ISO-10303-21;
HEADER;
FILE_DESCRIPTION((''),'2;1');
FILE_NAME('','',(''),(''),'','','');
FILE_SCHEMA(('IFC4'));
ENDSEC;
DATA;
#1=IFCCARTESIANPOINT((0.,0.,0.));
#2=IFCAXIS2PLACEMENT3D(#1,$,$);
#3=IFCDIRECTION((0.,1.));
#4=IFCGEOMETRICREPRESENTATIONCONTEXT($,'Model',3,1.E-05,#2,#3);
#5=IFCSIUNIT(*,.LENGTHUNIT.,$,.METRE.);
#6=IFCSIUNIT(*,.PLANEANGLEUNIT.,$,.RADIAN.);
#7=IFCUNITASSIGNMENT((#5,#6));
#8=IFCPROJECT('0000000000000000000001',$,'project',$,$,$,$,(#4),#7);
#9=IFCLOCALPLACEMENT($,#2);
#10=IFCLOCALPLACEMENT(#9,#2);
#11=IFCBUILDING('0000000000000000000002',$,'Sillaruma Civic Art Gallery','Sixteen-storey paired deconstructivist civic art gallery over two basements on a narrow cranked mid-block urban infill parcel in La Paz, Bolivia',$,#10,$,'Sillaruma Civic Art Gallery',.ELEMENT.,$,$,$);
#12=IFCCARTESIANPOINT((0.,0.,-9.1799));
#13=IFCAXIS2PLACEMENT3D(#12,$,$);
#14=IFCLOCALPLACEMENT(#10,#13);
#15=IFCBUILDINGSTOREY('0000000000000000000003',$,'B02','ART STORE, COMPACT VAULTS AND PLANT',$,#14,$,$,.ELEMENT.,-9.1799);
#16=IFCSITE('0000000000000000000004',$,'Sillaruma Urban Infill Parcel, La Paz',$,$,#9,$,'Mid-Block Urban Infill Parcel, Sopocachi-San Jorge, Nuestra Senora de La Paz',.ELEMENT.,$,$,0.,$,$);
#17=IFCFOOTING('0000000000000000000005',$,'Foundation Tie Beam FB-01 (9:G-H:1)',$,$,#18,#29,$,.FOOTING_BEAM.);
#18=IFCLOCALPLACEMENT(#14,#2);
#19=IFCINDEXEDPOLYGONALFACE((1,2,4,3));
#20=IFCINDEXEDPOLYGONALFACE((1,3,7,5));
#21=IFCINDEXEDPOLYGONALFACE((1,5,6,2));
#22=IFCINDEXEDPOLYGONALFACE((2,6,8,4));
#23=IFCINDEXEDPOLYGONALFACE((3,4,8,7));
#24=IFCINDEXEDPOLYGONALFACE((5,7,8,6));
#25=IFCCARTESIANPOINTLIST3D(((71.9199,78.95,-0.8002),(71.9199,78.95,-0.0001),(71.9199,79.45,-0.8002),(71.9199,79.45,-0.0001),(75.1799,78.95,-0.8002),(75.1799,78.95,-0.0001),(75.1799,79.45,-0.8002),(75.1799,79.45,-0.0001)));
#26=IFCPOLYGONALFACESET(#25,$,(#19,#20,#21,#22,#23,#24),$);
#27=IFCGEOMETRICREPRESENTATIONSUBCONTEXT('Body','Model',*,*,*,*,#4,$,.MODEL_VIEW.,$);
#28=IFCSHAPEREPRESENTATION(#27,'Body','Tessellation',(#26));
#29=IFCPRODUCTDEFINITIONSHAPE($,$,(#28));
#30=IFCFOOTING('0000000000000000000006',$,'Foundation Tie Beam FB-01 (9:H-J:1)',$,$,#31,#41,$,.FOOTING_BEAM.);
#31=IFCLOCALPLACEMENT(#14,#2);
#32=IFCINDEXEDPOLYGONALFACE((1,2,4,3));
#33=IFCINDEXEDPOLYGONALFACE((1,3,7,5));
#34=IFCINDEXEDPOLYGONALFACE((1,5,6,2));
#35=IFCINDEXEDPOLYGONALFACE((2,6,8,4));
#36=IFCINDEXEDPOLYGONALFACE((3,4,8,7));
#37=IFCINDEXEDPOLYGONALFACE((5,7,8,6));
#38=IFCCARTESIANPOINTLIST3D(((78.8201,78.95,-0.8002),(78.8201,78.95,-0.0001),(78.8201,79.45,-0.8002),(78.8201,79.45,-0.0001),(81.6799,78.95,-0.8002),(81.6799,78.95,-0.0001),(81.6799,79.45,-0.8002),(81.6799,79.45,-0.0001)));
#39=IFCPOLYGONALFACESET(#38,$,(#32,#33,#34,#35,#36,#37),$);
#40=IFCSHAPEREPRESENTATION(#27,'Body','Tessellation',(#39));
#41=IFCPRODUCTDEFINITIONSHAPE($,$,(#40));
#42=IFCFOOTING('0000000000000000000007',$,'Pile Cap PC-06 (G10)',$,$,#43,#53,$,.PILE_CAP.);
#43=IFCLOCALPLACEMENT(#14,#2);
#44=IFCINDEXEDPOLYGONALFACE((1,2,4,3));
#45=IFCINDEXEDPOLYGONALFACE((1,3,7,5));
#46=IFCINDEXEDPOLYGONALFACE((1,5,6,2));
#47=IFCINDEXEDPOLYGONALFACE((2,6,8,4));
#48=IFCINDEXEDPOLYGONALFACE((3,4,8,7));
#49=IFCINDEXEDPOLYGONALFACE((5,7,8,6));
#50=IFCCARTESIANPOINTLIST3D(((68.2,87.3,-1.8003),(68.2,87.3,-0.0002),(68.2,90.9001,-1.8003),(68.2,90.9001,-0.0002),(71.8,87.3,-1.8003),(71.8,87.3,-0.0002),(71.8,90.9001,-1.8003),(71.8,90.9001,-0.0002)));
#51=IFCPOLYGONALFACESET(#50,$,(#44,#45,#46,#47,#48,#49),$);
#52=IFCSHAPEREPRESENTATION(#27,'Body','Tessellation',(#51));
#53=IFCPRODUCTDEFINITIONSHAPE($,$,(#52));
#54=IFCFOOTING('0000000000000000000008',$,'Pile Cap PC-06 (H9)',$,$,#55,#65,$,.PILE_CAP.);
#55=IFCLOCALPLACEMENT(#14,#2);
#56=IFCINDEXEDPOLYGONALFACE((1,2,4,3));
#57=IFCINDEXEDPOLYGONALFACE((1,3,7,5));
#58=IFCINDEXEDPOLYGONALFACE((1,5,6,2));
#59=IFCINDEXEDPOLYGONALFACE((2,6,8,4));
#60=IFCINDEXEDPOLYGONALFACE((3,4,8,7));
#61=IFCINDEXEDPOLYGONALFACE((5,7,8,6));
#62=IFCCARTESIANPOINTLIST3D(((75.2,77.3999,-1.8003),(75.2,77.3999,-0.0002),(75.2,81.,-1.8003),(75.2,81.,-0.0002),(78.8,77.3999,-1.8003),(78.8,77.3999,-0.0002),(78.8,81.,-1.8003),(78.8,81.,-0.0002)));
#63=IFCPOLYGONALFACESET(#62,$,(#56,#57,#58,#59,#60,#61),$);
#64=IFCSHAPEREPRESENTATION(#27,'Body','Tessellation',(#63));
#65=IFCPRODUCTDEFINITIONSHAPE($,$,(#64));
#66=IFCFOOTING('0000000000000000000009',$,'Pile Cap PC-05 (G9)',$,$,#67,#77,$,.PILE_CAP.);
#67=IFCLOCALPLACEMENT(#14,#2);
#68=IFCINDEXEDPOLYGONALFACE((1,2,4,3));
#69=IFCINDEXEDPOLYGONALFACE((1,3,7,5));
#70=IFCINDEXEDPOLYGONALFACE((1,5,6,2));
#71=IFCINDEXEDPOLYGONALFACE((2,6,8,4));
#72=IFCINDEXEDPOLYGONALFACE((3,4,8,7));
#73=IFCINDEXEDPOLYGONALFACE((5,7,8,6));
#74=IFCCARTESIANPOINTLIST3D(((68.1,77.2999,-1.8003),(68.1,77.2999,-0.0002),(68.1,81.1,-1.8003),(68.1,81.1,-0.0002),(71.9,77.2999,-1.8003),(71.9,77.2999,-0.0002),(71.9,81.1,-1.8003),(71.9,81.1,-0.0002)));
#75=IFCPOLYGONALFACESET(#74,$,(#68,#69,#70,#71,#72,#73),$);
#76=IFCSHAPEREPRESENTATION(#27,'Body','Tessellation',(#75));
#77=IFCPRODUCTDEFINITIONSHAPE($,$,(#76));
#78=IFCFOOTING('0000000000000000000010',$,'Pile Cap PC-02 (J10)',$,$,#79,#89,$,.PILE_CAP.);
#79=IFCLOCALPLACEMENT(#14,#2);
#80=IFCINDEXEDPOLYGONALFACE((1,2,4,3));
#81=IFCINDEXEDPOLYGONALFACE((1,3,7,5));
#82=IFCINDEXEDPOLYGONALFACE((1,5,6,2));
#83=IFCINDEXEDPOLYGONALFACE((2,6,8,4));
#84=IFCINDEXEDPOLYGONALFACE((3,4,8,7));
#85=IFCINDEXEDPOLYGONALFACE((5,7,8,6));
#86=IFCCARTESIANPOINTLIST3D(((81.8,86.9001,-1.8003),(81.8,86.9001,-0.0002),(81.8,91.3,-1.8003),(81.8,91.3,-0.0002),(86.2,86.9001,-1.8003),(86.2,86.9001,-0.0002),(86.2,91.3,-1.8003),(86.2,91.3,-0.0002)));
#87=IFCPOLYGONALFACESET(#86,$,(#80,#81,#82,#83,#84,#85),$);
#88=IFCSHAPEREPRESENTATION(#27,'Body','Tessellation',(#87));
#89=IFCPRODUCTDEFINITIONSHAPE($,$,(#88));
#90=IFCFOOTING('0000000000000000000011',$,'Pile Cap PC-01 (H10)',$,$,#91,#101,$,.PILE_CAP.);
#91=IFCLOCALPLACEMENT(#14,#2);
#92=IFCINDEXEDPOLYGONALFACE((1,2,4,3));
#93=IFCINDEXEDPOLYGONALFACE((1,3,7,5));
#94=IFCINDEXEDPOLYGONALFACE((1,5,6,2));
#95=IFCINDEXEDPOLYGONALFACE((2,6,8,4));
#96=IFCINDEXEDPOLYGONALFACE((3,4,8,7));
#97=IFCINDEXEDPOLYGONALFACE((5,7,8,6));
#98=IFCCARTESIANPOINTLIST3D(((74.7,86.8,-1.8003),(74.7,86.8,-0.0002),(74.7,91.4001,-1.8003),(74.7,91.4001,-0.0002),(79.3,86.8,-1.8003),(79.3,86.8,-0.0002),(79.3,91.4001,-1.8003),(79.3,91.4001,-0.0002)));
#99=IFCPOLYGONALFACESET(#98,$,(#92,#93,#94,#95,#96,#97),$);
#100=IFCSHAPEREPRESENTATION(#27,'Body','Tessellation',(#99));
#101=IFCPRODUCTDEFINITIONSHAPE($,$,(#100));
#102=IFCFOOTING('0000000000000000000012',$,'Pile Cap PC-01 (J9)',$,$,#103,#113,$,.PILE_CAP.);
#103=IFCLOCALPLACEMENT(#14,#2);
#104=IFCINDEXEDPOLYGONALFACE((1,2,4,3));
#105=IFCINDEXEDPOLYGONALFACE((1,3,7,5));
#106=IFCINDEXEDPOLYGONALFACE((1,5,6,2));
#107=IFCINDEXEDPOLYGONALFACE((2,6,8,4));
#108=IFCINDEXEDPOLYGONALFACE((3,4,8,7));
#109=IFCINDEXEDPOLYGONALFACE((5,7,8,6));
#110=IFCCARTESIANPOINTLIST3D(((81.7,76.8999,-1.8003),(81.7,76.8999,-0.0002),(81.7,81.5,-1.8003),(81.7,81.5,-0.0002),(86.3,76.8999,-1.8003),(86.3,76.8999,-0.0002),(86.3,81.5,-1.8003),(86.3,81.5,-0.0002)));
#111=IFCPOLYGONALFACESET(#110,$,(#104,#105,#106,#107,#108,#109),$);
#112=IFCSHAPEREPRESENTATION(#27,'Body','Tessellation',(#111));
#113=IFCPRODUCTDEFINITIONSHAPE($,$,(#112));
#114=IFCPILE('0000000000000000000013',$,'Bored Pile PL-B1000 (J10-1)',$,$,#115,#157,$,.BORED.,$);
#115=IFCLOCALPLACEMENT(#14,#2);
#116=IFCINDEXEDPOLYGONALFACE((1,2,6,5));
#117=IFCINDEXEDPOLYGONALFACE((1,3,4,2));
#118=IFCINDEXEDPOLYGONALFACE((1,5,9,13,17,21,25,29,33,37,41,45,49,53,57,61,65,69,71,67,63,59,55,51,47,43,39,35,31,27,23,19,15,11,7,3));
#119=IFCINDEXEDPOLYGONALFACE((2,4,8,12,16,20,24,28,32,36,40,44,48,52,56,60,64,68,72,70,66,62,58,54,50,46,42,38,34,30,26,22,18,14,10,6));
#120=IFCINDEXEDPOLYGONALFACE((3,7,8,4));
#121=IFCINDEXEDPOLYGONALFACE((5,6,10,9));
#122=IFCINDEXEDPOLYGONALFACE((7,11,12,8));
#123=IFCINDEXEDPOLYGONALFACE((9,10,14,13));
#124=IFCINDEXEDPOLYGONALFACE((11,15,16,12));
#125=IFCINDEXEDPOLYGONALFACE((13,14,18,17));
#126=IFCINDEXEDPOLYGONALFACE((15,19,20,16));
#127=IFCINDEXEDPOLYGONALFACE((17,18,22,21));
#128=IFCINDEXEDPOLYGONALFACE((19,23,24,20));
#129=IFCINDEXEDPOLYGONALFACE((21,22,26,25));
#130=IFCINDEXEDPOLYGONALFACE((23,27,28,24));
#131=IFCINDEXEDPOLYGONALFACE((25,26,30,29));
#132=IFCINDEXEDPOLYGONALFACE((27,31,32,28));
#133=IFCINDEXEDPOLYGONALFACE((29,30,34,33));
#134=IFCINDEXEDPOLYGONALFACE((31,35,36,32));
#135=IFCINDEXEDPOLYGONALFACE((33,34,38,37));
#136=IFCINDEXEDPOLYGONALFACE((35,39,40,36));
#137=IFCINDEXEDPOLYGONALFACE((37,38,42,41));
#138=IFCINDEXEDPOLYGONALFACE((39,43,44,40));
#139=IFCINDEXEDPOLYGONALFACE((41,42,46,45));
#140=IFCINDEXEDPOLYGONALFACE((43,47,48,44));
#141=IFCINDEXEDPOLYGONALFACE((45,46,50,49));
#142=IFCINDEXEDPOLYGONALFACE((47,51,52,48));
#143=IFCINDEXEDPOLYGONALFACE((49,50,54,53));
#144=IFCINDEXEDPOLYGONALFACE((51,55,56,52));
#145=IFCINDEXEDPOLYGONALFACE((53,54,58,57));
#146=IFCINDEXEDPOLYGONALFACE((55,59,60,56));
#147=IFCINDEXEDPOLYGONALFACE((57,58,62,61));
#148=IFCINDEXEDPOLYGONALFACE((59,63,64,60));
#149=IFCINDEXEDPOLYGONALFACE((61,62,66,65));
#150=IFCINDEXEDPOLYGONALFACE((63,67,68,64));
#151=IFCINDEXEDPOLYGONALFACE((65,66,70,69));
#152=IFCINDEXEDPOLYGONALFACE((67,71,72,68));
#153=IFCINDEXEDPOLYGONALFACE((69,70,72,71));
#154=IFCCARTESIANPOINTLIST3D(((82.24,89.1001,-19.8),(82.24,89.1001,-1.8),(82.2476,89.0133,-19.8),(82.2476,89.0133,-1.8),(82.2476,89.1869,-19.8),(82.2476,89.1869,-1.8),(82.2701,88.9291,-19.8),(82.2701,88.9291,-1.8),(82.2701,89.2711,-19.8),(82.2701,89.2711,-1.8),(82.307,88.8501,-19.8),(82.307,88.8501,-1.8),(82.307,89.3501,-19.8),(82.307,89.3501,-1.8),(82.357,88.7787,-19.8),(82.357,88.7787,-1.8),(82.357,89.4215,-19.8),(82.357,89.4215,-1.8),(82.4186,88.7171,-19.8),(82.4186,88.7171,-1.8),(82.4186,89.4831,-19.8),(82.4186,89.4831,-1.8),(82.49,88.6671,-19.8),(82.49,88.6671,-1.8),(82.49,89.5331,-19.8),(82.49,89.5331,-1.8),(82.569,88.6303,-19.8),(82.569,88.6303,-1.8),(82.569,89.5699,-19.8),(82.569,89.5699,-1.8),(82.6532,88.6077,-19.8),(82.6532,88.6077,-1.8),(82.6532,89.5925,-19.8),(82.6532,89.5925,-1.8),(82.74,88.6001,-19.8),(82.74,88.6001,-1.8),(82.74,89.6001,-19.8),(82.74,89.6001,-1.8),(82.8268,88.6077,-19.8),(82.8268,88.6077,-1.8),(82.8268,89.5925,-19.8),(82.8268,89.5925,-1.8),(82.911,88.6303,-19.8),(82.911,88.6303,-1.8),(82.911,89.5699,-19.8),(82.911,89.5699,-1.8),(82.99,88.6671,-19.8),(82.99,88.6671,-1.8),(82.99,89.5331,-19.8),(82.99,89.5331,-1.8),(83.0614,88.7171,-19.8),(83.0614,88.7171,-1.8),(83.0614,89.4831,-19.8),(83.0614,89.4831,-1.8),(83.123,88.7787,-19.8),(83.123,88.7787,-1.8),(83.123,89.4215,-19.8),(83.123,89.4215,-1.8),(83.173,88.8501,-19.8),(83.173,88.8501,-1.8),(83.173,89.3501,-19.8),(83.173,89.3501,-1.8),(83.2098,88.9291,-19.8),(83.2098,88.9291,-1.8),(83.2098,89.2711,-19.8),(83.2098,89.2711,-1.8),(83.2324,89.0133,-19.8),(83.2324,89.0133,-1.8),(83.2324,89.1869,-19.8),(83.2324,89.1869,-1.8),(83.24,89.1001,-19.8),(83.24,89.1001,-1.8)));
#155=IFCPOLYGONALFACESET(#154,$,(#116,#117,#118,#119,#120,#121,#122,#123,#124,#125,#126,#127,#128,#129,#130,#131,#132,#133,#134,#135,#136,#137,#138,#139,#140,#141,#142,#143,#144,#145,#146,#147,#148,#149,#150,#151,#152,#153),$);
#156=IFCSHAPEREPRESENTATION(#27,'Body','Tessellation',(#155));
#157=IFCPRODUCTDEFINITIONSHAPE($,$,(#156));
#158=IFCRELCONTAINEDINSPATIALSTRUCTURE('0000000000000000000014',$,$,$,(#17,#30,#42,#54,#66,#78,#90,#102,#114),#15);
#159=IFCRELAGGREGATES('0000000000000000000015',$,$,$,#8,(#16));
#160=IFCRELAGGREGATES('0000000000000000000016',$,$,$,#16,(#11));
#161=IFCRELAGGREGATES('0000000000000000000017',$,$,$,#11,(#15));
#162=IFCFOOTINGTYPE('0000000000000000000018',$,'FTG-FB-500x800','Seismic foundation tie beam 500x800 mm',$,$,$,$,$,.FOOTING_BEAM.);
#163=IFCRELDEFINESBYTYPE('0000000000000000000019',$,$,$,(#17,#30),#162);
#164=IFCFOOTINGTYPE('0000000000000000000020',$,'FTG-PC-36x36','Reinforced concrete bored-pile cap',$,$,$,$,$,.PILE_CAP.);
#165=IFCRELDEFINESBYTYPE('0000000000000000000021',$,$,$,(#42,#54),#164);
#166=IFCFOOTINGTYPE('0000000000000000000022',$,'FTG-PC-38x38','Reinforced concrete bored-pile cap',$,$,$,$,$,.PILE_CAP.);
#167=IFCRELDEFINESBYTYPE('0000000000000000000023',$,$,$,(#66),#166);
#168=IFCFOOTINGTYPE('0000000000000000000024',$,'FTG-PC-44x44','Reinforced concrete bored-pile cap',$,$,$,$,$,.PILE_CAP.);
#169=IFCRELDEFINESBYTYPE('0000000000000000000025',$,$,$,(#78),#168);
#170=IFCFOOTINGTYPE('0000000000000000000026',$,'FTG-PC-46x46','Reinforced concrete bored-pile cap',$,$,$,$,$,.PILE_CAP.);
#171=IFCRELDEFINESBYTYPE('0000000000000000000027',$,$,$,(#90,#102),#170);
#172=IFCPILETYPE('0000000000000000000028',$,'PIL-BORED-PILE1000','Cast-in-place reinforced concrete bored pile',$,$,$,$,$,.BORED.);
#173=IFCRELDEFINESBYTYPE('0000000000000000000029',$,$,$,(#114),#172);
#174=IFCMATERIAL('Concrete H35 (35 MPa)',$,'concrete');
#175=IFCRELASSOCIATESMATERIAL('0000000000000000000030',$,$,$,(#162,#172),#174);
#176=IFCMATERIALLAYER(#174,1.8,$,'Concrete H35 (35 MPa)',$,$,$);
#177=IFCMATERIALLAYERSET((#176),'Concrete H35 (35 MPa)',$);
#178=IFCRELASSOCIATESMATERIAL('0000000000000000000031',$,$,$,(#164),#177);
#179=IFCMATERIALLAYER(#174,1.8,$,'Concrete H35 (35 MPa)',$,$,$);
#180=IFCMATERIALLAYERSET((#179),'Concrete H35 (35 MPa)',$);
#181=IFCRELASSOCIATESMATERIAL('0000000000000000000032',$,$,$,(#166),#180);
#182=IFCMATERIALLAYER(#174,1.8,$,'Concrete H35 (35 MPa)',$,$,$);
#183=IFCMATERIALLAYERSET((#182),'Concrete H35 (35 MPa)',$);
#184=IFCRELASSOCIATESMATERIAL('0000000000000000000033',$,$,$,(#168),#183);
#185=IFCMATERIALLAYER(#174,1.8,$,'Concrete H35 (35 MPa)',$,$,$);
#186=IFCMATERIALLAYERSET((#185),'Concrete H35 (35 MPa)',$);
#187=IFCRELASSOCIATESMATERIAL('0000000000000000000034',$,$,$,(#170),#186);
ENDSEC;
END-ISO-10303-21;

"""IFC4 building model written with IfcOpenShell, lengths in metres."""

from ifc_helpers import new_model, si_unit, direction, frame, origin, origin_2d, place, context, subcontext, project, spatial, rectangle, circle, extrude, material, layer, layer_set, material_profile, profile_set, type_object, element, save


model = new_model("IFC4")

# Units and contexts
model_context = context("Model", 3, precision=1e-05, world=origin(), true_north=direction((0.0, 1.0)))
body_context = subcontext(model_context, "Body", "Model", "MODEL_VIEW")
ifc_project = project(units=[si_unit("LENGTHUNIT", "METRE"), si_unit("PLANEANGLEUNIT", "RADIAN")], contexts=[model_context])

# Site, building, storey
site_placement = place(None, origin())
site = spatial("IfcSite", under=ifc_project, at=site_placement, Name="Sillaruma Urban Infill Parcel, La Paz", LongName="Mid-Block Urban Infill Parcel, Sopocachi-San Jorge, Nuestra Senora de La Paz", CompositionType="ELEMENT", RefElevation=0.0)
building_placement = place(site_placement, origin())
building = spatial("IfcBuilding", under=site, at=building_placement, Name="Sillaruma Civic Art Gallery", Description="Sixteen-storey paired deconstructivist civic art gallery over two basements on a narrow cranked mid-block urban infill parcel in La Paz, Bolivia", LongName="Sillaruma Civic Art Gallery", CompositionType="ELEMENT")
storey_placement = place(building_placement, frame((0.0, 0.0, -9.1799)))
storey = spatial("IfcBuildingStorey", under=building, at=storey_placement, Name="B02", Description="ART STORE, COMPACT VAULTS AND PLANT", CompositionType="ELEMENT", Elevation=-9.1799)

# Footings
ifc_material_1 = material(Name="Concrete H35 (35 MPa)", Category="concrete")
ifc_material_profile_1 = material_profile(ifc_material_1, rectangle(XDim=0.5, YDim=0.8, at=origin_2d()), Name="RCB500x800")
ifc_profile_set_1 = profile_set([ifc_material_profile_1], Name="Concrete H35 (35 MPa)")
footing_type_1 = type_object("IfcFootingType", Name="FTG-FB-500x800", Description="Seismic foundation tie beam 500x800 mm", PredefinedType="FOOTING_BEAM", material=ifc_profile_set_1)
footing_1_placement = place(storey_placement, frame((71.9199, 79.2, -0.4001), z_axis=(1.0, 0.0, 0.0), x_axis=(0.0, 1.0, 0.0)))
element("IfcFooting", 1, at=footing_1_placement, inside=storey, type_object=footing_type_1, Name="Foundation Tie Beam FB-01 (9:G-H:1)", PredefinedType="FOOTING_BEAM", context=body_context, shape_type="SweptSolid", body=[
    extrude(rectangle(XDim=0.5, YDim=0.8, at=origin_2d()), origin(), (0.0, 0.0, 1.0), 3.26),
])
footing_2_placement = place(storey_placement, frame((78.8201, 79.2, -0.4001), z_axis=(1.0, 0.0, 0.0), x_axis=(0.0, 1.0, 0.0)))
element("IfcFooting", 2, at=footing_2_placement, inside=storey, type_object=footing_type_1, Name="Foundation Tie Beam FB-01 (9:H-J:1)", PredefinedType="FOOTING_BEAM", context=body_context, shape_type="SweptSolid", body=[
    extrude(rectangle(XDim=0.5, YDim=0.8, at=origin_2d()), origin(), (0.0, 0.0, 1.0), 2.8599),
])
ifc_layer_1 = layer(ifc_material_1, 1.8, Name="Concrete H35 (35 MPa)")
ifc_layer_set_1 = layer_set([ifc_layer_1], Name="Concrete H35 (35 MPa)")
footing_type_2 = type_object("IfcFootingType", Name="FTG-PC-36x36", Description="Reinforced concrete bored-pile cap", PredefinedType="PILE_CAP", material=ifc_layer_set_1)
for number, where, z_axis, x_axis, name in (
    (3, (70.0, 89.1001, -1.8003), (0.0, 0.0, 1.0), (1.0, 0.0, 0.0), "Pile Cap PC-06 (G10)"),
    (4, (77.0, 79.2, -1.8003), (0.0, 0.0, 1.0), (1.0, 0.0, 0.0), "Pile Cap PC-06 (H9)"),
):
    element("IfcFooting", number, at=place(storey_placement, frame(where, z_axis=z_axis, x_axis=x_axis)), inside=storey, type_object=footing_type_2, Name=name, PredefinedType="PILE_CAP", context=body_context, shape_type="SweptSolid", body=[
        extrude(rectangle(XDim=3.6001, YDim=3.6001, at=origin_2d()), origin(), (0.0, 0.0, 1.0), 1.8),
    ])
ifc_layer_2 = layer(ifc_material_1, 1.8, Name="Concrete H35 (35 MPa)")
ifc_layer_set_2 = layer_set([ifc_layer_2], Name="Concrete H35 (35 MPa)")
footing_type_3 = type_object("IfcFootingType", Name="FTG-PC-38x38", Description="Reinforced concrete bored-pile cap", PredefinedType="PILE_CAP", material=ifc_layer_set_2)
footing_3_placement = place(storey_placement, frame((70.0, 79.2, -1.8003), z_axis=(0.0, 0.0, 1.0), x_axis=(1.0, 0.0, 0.0)))
element("IfcFooting", 5, at=footing_3_placement, inside=storey, type_object=footing_type_3, Name="Pile Cap PC-05 (G9)", PredefinedType="PILE_CAP", context=body_context, shape_type="SweptSolid", body=[
    extrude(rectangle(XDim=3.8, YDim=3.8, at=origin_2d()), origin(), (0.0, 0.0, 1.0), 1.8),
])
ifc_layer_3 = layer(ifc_material_1, 1.8, Name="Concrete H35 (35 MPa)")
ifc_layer_set_3 = layer_set([ifc_layer_3], Name="Concrete H35 (35 MPa)")
footing_type_4 = type_object("IfcFootingType", Name="FTG-PC-44x44", Description="Reinforced concrete bored-pile cap", PredefinedType="PILE_CAP", material=ifc_layer_set_3)
footing_4_placement = place(storey_placement, frame((84.0, 89.1001, -1.8003), z_axis=(0.0, 0.0, 1.0), x_axis=(1.0, 0.0, 0.0)))
element("IfcFooting", 6, at=footing_4_placement, inside=storey, type_object=footing_type_4, Name="Pile Cap PC-02 (J10)", PredefinedType="PILE_CAP", context=body_context, shape_type="SweptSolid", body=[
    extrude(rectangle(XDim=4.3999, YDim=4.3999, at=origin_2d()), origin(), (0.0, 0.0, 1.0), 1.8),
])
ifc_layer_4 = layer(ifc_material_1, 1.8, Name="Concrete H35 (35 MPa)")
ifc_layer_set_4 = layer_set([ifc_layer_4], Name="Concrete H35 (35 MPa)")
footing_type_5 = type_object("IfcFootingType", Name="FTG-PC-46x46", Description="Reinforced concrete bored-pile cap", PredefinedType="PILE_CAP", material=ifc_layer_set_4)
for number, where, z_axis, x_axis, name in (
    (7, (77.0, 89.1001, -1.8003), (0.0, 0.0, 1.0), (1.0, 0.0, 0.0), "Pile Cap PC-01 (H10)"),
    (8, (84.0, 79.2, -1.8003), (0.0, 0.0, 1.0), (1.0, 0.0, 0.0), "Pile Cap PC-01 (J9)"),
):
    element("IfcFooting", number, at=place(storey_placement, frame(where, z_axis=z_axis, x_axis=x_axis)), inside=storey, type_object=footing_type_5, Name=name, PredefinedType="PILE_CAP", context=body_context, shape_type="SweptSolid", body=[
        extrude(rectangle(XDim=4.6001, YDim=4.6001, at=origin_2d()), origin(), (0.0, 0.0, 1.0), 1.8),
    ])

# Pile
ifc_material_profile_2 = material_profile(ifc_material_1, circle(Radius=0.5, at=origin_2d()), Name="PILE1000")
ifc_profile_set_2 = profile_set([ifc_material_profile_2], Name="Concrete H35 (35 MPa)")
pile_type_1 = type_object("IfcPileType", Name="PIL-BORED-PILE1000", Description="Cast-in-place reinforced concrete bored pile", PredefinedType="BORED", material=ifc_profile_set_2)
pile_placement = place(storey_placement, frame((82.74, 89.1001, -1.8), z_axis=(0.0, 0.0, -1.0), x_axis=(1.0, 0.0, 0.0)))
element("IfcPile", 9, at=pile_placement, inside=storey, type_object=pile_type_1, Name="Bored Pile PL-B1000 (J10-1)", PredefinedType="BORED", context=body_context, shape_type="SweptSolid", body=[
    extrude(circle(Radius=0.5, at=origin_2d()), origin(), (0.0, 0.0, 1.0), 18.0),
])

save(model, "model.ifc")
